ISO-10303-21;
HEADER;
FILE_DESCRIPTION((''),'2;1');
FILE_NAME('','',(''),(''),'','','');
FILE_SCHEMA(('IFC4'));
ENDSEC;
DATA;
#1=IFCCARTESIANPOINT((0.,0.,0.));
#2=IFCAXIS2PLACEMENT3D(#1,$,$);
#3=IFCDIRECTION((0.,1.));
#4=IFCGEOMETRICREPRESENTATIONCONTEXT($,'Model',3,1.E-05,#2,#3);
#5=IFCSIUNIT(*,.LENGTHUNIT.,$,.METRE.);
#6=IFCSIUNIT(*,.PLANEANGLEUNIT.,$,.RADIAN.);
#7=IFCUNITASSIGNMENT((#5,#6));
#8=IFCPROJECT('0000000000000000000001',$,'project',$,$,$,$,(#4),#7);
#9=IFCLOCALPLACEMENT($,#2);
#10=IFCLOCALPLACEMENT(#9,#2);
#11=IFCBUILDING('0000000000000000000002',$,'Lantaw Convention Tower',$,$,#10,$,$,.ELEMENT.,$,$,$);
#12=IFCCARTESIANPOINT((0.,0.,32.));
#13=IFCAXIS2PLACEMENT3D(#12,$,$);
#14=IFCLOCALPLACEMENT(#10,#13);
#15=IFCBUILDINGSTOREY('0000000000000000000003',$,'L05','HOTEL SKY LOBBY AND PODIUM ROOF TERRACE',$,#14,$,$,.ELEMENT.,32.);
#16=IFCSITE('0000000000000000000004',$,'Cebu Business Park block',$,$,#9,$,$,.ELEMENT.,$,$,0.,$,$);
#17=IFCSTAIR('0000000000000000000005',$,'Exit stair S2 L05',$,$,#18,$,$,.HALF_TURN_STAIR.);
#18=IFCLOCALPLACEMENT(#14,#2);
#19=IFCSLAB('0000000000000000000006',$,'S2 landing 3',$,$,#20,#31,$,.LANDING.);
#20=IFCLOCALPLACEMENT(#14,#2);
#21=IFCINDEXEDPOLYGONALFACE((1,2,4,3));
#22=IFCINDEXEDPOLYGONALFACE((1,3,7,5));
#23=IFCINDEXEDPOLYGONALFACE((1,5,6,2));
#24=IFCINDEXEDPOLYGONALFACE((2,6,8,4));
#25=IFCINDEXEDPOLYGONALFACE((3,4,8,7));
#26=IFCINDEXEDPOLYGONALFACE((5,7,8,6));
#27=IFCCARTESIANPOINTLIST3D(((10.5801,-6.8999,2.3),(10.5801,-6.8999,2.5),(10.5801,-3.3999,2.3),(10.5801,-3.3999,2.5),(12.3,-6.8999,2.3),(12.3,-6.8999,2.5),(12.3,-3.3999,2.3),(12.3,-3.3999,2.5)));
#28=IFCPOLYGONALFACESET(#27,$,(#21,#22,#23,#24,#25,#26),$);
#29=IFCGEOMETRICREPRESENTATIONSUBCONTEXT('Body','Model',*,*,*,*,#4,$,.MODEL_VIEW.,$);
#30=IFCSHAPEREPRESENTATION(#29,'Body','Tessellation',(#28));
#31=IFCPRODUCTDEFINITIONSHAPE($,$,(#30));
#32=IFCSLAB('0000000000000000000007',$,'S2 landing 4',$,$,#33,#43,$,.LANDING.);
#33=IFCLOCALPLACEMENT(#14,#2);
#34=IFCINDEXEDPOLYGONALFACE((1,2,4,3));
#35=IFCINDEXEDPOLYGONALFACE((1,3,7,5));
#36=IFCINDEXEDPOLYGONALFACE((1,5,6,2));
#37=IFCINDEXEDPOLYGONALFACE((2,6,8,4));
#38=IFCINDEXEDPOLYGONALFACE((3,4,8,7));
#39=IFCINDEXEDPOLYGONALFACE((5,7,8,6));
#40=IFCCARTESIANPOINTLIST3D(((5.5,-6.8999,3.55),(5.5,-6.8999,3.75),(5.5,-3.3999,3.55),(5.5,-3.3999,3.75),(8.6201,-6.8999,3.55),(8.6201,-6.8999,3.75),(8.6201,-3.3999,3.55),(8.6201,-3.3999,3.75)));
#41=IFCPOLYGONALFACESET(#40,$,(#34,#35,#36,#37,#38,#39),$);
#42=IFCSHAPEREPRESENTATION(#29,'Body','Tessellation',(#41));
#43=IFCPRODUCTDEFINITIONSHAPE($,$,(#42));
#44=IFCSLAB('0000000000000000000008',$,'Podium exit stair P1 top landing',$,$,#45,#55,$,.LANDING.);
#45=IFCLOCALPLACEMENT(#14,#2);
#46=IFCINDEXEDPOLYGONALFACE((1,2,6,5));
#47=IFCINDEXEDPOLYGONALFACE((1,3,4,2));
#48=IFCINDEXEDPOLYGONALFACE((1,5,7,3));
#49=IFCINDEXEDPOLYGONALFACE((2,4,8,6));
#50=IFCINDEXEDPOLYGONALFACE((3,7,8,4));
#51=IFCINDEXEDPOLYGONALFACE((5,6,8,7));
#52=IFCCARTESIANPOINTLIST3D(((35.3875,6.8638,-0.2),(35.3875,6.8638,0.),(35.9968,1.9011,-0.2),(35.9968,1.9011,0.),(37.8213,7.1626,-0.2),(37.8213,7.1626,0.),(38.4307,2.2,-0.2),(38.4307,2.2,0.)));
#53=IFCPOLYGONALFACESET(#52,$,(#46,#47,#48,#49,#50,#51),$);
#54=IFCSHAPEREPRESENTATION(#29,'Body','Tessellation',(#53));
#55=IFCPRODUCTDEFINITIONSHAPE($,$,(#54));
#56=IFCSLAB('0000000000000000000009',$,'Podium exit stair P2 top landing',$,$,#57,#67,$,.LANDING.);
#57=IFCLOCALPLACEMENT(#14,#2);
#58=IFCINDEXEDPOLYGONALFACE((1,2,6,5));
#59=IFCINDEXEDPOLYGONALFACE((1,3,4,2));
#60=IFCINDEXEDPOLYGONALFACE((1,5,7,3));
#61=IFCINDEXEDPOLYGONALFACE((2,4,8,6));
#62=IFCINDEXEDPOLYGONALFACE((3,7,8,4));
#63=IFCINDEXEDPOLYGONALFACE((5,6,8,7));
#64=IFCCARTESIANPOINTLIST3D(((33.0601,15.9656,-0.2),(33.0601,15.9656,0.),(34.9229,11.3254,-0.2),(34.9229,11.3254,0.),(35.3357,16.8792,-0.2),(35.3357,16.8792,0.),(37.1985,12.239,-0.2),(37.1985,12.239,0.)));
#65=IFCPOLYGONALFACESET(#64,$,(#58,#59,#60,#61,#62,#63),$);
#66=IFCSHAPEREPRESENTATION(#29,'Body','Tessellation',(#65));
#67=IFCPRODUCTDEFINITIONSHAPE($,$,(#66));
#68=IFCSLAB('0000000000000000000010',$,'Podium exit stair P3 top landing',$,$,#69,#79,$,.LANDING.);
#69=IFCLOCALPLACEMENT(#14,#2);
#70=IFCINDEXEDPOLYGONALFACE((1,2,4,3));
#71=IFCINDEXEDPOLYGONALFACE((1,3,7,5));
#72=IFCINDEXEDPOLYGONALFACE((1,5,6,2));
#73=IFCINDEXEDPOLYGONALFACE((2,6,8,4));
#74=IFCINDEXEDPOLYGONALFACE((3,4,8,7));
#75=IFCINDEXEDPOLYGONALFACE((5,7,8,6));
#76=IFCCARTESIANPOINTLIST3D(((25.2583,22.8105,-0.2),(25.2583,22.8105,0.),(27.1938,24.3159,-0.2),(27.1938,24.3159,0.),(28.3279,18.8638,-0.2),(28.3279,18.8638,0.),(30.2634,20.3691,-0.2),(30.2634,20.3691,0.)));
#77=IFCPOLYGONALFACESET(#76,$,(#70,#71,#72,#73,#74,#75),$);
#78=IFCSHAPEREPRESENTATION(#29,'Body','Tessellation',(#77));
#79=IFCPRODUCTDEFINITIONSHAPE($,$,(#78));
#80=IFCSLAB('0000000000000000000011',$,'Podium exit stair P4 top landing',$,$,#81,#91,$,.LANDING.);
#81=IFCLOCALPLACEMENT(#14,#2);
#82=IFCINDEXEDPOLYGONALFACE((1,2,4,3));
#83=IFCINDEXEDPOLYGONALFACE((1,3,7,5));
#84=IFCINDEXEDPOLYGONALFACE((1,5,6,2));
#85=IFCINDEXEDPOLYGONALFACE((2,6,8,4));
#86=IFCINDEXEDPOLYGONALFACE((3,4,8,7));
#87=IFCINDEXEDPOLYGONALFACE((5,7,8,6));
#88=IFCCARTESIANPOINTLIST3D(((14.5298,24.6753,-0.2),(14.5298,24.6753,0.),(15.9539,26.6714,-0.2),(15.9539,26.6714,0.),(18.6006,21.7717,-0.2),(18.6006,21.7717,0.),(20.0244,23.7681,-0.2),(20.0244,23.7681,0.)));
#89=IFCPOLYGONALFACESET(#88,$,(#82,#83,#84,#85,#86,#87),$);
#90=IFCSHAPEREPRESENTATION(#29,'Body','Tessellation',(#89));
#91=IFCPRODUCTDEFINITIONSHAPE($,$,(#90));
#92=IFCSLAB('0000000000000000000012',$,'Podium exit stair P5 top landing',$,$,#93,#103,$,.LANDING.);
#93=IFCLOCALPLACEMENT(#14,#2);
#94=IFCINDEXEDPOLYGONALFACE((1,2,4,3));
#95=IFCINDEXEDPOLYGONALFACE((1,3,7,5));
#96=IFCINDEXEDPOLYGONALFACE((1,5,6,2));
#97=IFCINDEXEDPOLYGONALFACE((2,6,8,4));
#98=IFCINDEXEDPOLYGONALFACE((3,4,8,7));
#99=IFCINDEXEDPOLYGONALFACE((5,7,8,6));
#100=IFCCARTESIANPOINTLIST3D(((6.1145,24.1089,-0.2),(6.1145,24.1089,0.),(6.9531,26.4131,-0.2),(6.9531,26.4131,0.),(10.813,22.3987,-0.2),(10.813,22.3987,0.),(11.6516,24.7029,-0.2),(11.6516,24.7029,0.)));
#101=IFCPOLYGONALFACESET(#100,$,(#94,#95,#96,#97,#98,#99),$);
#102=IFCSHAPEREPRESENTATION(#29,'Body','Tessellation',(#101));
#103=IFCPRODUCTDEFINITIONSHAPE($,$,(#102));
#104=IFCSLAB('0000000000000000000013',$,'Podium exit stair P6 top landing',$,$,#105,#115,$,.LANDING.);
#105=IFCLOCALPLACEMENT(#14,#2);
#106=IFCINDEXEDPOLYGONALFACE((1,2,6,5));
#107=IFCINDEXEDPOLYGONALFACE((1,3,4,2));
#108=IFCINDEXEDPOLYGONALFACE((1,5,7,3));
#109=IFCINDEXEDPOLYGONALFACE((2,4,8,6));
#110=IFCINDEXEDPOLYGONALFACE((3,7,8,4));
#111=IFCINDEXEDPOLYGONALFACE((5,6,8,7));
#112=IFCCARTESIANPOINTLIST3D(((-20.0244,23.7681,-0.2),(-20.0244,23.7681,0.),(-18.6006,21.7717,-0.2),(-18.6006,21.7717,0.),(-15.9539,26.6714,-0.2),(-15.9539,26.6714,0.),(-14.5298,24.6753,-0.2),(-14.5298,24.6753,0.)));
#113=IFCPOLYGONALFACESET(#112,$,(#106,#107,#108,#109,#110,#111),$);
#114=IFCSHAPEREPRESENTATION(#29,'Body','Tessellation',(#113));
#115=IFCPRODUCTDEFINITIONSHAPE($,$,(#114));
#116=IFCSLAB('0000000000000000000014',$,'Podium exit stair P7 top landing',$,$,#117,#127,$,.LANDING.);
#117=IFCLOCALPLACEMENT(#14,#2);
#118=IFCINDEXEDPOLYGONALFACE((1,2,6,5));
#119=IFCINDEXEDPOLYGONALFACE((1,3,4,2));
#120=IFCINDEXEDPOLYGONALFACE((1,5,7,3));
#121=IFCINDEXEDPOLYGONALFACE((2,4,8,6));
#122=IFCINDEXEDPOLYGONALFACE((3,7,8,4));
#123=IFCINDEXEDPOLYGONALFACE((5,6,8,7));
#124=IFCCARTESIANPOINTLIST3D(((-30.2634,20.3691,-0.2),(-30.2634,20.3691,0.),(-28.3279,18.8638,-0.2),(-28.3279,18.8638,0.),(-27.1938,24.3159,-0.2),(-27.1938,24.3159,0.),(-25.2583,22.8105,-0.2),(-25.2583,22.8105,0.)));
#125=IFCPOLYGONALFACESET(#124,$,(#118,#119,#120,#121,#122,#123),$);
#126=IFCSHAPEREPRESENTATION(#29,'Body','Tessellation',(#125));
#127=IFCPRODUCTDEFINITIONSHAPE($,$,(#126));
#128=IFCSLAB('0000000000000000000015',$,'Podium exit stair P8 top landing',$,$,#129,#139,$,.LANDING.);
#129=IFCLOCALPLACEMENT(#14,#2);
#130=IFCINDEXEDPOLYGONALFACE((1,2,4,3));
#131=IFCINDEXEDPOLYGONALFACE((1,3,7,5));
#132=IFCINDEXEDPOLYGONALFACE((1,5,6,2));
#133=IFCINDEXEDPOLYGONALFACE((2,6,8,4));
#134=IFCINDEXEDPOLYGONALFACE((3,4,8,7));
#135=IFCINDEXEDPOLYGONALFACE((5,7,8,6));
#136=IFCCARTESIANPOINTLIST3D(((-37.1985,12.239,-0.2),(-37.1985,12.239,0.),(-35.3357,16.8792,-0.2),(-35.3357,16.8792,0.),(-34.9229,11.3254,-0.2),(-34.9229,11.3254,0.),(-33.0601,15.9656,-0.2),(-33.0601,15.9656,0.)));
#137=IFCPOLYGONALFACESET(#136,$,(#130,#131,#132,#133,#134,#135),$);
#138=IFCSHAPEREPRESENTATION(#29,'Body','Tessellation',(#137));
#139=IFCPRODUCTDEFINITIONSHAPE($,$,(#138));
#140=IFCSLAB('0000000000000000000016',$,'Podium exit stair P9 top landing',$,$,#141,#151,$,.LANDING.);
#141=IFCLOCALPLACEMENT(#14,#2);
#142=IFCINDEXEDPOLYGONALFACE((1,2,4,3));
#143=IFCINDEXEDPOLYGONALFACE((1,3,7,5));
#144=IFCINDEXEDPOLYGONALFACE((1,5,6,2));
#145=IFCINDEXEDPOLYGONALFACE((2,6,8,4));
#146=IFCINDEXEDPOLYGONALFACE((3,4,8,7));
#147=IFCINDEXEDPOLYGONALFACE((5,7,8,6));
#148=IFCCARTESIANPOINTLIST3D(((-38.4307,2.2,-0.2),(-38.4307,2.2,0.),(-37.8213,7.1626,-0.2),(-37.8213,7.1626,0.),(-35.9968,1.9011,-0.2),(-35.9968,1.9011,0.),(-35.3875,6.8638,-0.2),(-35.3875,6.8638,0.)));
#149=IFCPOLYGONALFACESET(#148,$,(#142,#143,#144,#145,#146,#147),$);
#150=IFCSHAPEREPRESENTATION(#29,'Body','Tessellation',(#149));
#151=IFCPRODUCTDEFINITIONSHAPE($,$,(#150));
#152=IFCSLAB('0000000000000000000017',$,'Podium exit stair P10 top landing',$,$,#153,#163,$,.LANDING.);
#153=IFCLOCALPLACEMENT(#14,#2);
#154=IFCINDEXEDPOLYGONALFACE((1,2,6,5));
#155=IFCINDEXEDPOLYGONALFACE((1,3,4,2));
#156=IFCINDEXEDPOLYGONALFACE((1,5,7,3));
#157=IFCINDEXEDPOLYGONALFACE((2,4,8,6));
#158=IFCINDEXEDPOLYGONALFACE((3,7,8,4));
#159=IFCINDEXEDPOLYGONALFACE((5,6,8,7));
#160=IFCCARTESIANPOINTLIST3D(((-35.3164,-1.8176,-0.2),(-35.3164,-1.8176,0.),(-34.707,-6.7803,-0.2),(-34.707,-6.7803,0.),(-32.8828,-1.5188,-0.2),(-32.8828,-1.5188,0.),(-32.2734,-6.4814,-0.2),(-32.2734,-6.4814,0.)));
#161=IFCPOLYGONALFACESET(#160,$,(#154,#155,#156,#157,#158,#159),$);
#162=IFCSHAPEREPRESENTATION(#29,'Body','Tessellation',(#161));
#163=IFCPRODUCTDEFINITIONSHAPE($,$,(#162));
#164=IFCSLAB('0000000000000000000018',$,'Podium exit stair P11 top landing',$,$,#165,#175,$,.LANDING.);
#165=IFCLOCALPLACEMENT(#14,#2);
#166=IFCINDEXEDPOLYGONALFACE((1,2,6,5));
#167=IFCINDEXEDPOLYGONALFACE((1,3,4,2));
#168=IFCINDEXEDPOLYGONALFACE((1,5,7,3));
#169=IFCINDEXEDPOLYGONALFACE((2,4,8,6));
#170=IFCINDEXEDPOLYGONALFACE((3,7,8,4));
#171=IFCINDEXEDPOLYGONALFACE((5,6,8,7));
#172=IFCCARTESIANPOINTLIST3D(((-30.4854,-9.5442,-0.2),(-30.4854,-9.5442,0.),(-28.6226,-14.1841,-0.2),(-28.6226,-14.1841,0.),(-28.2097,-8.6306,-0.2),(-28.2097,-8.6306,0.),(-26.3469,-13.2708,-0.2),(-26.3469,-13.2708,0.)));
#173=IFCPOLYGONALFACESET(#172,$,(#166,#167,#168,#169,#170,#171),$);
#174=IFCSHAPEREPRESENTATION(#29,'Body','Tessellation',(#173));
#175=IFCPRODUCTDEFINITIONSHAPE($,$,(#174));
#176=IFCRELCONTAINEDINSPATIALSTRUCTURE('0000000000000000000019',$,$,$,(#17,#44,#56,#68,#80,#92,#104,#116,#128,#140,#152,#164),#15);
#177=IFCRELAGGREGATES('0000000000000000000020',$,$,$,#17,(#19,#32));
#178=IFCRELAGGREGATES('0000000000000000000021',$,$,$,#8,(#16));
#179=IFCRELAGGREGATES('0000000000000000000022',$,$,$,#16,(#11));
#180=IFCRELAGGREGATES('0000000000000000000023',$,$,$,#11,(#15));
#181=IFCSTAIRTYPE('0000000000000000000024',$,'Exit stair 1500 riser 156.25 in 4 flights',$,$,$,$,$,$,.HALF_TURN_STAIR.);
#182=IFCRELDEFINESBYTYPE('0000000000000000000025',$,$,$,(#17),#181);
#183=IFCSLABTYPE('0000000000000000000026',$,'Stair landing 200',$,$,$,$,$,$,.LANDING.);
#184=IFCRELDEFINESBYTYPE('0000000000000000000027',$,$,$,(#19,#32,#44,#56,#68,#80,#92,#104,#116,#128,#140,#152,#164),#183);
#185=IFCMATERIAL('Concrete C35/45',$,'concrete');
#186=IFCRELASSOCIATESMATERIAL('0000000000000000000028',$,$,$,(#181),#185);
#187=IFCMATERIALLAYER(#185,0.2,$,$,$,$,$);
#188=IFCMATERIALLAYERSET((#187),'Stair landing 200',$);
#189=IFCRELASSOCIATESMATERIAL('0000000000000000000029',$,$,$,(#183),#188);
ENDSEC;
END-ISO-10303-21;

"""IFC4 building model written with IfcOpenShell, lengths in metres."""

from ifc_helpers import new_model, si_unit, direction, frame, origin, place, context, subcontext, project, spatial, polyline, outline, extrude, material, layer, layer_set, type_object, element, aggregate, save


model = new_model("IFC4")

# Units and contexts
model_context = context("Model", 3, precision=1e-05, world=origin(), true_north=direction((0.0, 1.0)))
body_context = subcontext(model_context, "Body", "Model", "MODEL_VIEW")
ifc_project = project(units=[si_unit("LENGTHUNIT", "METRE"), si_unit("PLANEANGLEUNIT", "RADIAN")], contexts=[model_context])

# Site, building, storey
site_placement = place(None, origin())
site = spatial("IfcSite", under=ifc_project, at=site_placement, Name="Cebu Business Park block", CompositionType="ELEMENT", RefElevation=0.0)
building_placement = place(site_placement, origin())
building = spatial("IfcBuilding", under=site, at=building_placement, Name="Lantaw Convention Tower", CompositionType="ELEMENT")
storey_placement = place(building_placement, frame((0.0, 0.0, 32.0)))
storey = spatial("IfcBuildingStorey", under=building, at=storey_placement, Name="L05", Description="HOTEL SKY LOBBY AND PODIUM ROOF TERRACE", CompositionType="ELEMENT", Elevation=32.0)

# Shared definitions
ifc_material = material(Name="Concrete C35/45", Category="concrete")

# Shared definitions
stair_type = type_object("IfcStairType", Name="Exit stair 1500 riser 156.25 in 4 flights", PredefinedType="HALF_TURN_STAIR", material=ifc_material)
ifc_layer_1 = layer(ifc_material, 0.2)
ifc_layer_set_1 = layer_set([ifc_layer_1], Name="Stair landing 200")
slab_type_1 = type_object("IfcSlabType", Name="Stair landing 200", PredefinedType="LANDING", material=ifc_layer_set_1)

# Stair, slabs
stair_1_placement = place(storey_placement, origin())
stair_1 = element("IfcStair", 1, at=stair_1_placement, inside=storey, type_object=stair_type, Name="Exit stair S2 L05", PredefinedType="HALF_TURN_STAIR")
slab_1_placement = place(storey_placement, frame((0.0, 0.0, 2.3)))
slab_1 = element("IfcSlab", 2, at=slab_1_placement, type_object=slab_type_1, Name="S2 landing 3", PredefinedType="LANDING", context=body_context, shape_type="SweptSolid", body=[
    extrude(outline(polyline([(10.5801, -6.8999), (12.3, -6.8999), (12.3, -3.3999), (10.5801, -3.3999), (10.5801, -6.8999)])), origin(), (0.0, 0.0, 1.0), 0.2),
])
slab_2_placement = place(storey_placement, frame((0.0, 0.0, 3.55)))
slab_2 = element("IfcSlab", 3, at=slab_2_placement, type_object=slab_type_1, Name="S2 landing 4", PredefinedType="LANDING", context=body_context, shape_type="SweptSolid", body=[
    extrude(outline(polyline([(5.5, -6.8999), (8.6201, -6.8999), (8.6201, -3.3999), (5.5, -3.3999), (5.5, -6.8999)])), origin(), (0.0, 0.0, 1.0), 0.2),
])
aggregate(stair_1, [slab_1, slab_2])

# Slabs
slab_3_placement = place(storey_placement, frame((0.0, 0.0, -0.2)))
element("IfcSlab", 4, at=slab_3_placement, inside=storey, type_object=slab_type_1, Name="Podium exit stair P1 top landing", PredefinedType="LANDING", context=body_context, shape_type="SweptSolid", body=[
    extrude(outline(polyline([(35.9968, 1.9011), (38.4307, 2.2), (37.8213, 7.1626), (35.3875, 6.8638), (35.9968, 1.9011)])), origin(), (0.0, 0.0, 1.0), 0.2),
])
slab_4_placement = place(storey_placement, frame((0.0, 0.0, -0.2)))
element("IfcSlab", 5, at=slab_4_placement, inside=storey, type_object=slab_type_1, Name="Podium exit stair P2 top landing", PredefinedType="LANDING", context=body_context, shape_type="SweptSolid", body=[
    extrude(outline(polyline([(34.9229, 11.3254), (37.1985, 12.239), (35.3357, 16.8792), (33.0601, 15.9656), (34.9229, 11.3254)])), origin(), (0.0, 0.0, 1.0), 0.2),
])
slab_5_placement = place(storey_placement, frame((0.0, 0.0, -0.2)))
element("IfcSlab", 6, at=slab_5_placement, inside=storey, type_object=slab_type_1, Name="Podium exit stair P3 top landing", PredefinedType="LANDING", context=body_context, shape_type="SweptSolid", body=[
    extrude(outline(polyline([(28.3279, 18.8638), (30.2634, 20.3691), (27.1938, 24.3159), (25.2583, 22.8105), (28.3279, 18.8638)])), origin(), (0.0, 0.0, 1.0), 0.2),
])
slab_6_placement = place(storey_placement, frame((0.0, 0.0, -0.2)))
element("IfcSlab", 7, at=slab_6_placement, inside=storey, type_object=slab_type_1, Name="Podium exit stair P4 top landing", PredefinedType="LANDING", context=body_context, shape_type="SweptSolid", body=[
    extrude(outline(polyline([(18.6006, 21.7717), (20.0244, 23.7681), (15.9539, 26.6714), (14.5298, 24.6753), (18.6006, 21.7717)])), origin(), (0.0, 0.0, 1.0), 0.2),
])
slab_7_placement = place(storey_placement, frame((0.0, 0.0, -0.2)))
element("IfcSlab", 8, at=slab_7_placement, inside=storey, type_object=slab_type_1, Name="Podium exit stair P5 top landing", PredefinedType="LANDING", context=body_context, shape_type="SweptSolid", body=[
    extrude(outline(polyline([(10.813, 22.3987), (11.6516, 24.7029), (6.9531, 26.4131), (6.1145, 24.1089), (10.813, 22.3987)])), origin(), (0.0, 0.0, 1.0), 0.2),
])
slab_8_placement = place(storey_placement, frame((0.0, 0.0, -0.2)))
element("IfcSlab", 9, at=slab_8_placement, inside=storey, type_object=slab_type_1, Name="Podium exit stair P6 top landing", PredefinedType="LANDING", context=body_context, shape_type="SweptSolid", body=[
    extrude(outline(polyline([(-14.5298, 24.6753), (-15.9539, 26.6714), (-20.0244, 23.7681), (-18.6006, 21.7717), (-14.5298, 24.6753)])), origin(), (0.0, 0.0, 1.0), 0.2),
])
slab_9_placement = place(storey_placement, frame((0.0, 0.0, -0.2)))
element("IfcSlab", 10, at=slab_9_placement, inside=storey, type_object=slab_type_1, Name="Podium exit stair P7 top landing", PredefinedType="LANDING", context=body_context, shape_type="SweptSolid", body=[
    extrude(outline(polyline([(-25.2583, 22.8105), (-27.1938, 24.3159), (-30.2634, 20.3691), (-28.3279, 18.8638), (-25.2583, 22.8105)])), origin(), (0.0, 0.0, 1.0), 0.2),
])
slab_10_placement = place(storey_placement, frame((0.0, 0.0, -0.2)))
element("IfcSlab", 11, at=slab_10_placement, inside=storey, type_object=slab_type_1, Name="Podium exit stair P8 top landing", PredefinedType="LANDING", context=body_context, shape_type="SweptSolid", body=[
    extrude(outline(polyline([(-33.0601, 15.9656), (-35.3357, 16.8792), (-37.1985, 12.239), (-34.9229, 11.3254), (-33.0601, 15.9656)])), origin(), (0.0, 0.0, 1.0), 0.2),
])
slab_11_placement = place(storey_placement, frame((0.0, 0.0, -0.2)))
element("IfcSlab", 12, at=slab_11_placement, inside=storey, type_object=slab_type_1, Name="Podium exit stair P9 top landing", PredefinedType="LANDING", context=body_context, shape_type="SweptSolid", body=[
    extrude(outline(polyline([(-35.3875, 6.8638), (-37.8213, 7.1626), (-38.4307, 2.2), (-35.9968, 1.9011), (-35.3875, 6.8638)])), origin(), (0.0, 0.0, 1.0), 0.2),
])
slab_12_placement = place(storey_placement, frame((0.0, 0.0, -0.2)))
element("IfcSlab", 13, at=slab_12_placement, inside=storey, type_object=slab_type_1, Name="Podium exit stair P10 top landing", PredefinedType="LANDING", context=body_context, shape_type="SweptSolid", body=[
    extrude(outline(polyline([(-32.8828, -1.5188), (-35.3164, -1.8176), (-34.707, -6.7803), (-32.2734, -6.4814), (-32.8828, -1.5188)])), origin(), (0.0, 0.0, 1.0), 0.2),
])
slab_13_placement = place(storey_placement, frame((0.0, 0.0, -0.2)))
element("IfcSlab", 14, at=slab_13_placement, inside=storey, type_object=slab_type_1, Name="Podium exit stair P11 top landing", PredefinedType="LANDING", context=body_context, shape_type="SweptSolid", body=[
    extrude(outline(polyline([(-28.2097, -8.6306), (-30.4854, -9.5442), (-28.6226, -14.1841), (-26.3469, -13.2708), (-28.2097, -8.6306)])), origin(), (0.0, 0.0, 1.0), 0.2),
])

save(model, "model.ifc")
